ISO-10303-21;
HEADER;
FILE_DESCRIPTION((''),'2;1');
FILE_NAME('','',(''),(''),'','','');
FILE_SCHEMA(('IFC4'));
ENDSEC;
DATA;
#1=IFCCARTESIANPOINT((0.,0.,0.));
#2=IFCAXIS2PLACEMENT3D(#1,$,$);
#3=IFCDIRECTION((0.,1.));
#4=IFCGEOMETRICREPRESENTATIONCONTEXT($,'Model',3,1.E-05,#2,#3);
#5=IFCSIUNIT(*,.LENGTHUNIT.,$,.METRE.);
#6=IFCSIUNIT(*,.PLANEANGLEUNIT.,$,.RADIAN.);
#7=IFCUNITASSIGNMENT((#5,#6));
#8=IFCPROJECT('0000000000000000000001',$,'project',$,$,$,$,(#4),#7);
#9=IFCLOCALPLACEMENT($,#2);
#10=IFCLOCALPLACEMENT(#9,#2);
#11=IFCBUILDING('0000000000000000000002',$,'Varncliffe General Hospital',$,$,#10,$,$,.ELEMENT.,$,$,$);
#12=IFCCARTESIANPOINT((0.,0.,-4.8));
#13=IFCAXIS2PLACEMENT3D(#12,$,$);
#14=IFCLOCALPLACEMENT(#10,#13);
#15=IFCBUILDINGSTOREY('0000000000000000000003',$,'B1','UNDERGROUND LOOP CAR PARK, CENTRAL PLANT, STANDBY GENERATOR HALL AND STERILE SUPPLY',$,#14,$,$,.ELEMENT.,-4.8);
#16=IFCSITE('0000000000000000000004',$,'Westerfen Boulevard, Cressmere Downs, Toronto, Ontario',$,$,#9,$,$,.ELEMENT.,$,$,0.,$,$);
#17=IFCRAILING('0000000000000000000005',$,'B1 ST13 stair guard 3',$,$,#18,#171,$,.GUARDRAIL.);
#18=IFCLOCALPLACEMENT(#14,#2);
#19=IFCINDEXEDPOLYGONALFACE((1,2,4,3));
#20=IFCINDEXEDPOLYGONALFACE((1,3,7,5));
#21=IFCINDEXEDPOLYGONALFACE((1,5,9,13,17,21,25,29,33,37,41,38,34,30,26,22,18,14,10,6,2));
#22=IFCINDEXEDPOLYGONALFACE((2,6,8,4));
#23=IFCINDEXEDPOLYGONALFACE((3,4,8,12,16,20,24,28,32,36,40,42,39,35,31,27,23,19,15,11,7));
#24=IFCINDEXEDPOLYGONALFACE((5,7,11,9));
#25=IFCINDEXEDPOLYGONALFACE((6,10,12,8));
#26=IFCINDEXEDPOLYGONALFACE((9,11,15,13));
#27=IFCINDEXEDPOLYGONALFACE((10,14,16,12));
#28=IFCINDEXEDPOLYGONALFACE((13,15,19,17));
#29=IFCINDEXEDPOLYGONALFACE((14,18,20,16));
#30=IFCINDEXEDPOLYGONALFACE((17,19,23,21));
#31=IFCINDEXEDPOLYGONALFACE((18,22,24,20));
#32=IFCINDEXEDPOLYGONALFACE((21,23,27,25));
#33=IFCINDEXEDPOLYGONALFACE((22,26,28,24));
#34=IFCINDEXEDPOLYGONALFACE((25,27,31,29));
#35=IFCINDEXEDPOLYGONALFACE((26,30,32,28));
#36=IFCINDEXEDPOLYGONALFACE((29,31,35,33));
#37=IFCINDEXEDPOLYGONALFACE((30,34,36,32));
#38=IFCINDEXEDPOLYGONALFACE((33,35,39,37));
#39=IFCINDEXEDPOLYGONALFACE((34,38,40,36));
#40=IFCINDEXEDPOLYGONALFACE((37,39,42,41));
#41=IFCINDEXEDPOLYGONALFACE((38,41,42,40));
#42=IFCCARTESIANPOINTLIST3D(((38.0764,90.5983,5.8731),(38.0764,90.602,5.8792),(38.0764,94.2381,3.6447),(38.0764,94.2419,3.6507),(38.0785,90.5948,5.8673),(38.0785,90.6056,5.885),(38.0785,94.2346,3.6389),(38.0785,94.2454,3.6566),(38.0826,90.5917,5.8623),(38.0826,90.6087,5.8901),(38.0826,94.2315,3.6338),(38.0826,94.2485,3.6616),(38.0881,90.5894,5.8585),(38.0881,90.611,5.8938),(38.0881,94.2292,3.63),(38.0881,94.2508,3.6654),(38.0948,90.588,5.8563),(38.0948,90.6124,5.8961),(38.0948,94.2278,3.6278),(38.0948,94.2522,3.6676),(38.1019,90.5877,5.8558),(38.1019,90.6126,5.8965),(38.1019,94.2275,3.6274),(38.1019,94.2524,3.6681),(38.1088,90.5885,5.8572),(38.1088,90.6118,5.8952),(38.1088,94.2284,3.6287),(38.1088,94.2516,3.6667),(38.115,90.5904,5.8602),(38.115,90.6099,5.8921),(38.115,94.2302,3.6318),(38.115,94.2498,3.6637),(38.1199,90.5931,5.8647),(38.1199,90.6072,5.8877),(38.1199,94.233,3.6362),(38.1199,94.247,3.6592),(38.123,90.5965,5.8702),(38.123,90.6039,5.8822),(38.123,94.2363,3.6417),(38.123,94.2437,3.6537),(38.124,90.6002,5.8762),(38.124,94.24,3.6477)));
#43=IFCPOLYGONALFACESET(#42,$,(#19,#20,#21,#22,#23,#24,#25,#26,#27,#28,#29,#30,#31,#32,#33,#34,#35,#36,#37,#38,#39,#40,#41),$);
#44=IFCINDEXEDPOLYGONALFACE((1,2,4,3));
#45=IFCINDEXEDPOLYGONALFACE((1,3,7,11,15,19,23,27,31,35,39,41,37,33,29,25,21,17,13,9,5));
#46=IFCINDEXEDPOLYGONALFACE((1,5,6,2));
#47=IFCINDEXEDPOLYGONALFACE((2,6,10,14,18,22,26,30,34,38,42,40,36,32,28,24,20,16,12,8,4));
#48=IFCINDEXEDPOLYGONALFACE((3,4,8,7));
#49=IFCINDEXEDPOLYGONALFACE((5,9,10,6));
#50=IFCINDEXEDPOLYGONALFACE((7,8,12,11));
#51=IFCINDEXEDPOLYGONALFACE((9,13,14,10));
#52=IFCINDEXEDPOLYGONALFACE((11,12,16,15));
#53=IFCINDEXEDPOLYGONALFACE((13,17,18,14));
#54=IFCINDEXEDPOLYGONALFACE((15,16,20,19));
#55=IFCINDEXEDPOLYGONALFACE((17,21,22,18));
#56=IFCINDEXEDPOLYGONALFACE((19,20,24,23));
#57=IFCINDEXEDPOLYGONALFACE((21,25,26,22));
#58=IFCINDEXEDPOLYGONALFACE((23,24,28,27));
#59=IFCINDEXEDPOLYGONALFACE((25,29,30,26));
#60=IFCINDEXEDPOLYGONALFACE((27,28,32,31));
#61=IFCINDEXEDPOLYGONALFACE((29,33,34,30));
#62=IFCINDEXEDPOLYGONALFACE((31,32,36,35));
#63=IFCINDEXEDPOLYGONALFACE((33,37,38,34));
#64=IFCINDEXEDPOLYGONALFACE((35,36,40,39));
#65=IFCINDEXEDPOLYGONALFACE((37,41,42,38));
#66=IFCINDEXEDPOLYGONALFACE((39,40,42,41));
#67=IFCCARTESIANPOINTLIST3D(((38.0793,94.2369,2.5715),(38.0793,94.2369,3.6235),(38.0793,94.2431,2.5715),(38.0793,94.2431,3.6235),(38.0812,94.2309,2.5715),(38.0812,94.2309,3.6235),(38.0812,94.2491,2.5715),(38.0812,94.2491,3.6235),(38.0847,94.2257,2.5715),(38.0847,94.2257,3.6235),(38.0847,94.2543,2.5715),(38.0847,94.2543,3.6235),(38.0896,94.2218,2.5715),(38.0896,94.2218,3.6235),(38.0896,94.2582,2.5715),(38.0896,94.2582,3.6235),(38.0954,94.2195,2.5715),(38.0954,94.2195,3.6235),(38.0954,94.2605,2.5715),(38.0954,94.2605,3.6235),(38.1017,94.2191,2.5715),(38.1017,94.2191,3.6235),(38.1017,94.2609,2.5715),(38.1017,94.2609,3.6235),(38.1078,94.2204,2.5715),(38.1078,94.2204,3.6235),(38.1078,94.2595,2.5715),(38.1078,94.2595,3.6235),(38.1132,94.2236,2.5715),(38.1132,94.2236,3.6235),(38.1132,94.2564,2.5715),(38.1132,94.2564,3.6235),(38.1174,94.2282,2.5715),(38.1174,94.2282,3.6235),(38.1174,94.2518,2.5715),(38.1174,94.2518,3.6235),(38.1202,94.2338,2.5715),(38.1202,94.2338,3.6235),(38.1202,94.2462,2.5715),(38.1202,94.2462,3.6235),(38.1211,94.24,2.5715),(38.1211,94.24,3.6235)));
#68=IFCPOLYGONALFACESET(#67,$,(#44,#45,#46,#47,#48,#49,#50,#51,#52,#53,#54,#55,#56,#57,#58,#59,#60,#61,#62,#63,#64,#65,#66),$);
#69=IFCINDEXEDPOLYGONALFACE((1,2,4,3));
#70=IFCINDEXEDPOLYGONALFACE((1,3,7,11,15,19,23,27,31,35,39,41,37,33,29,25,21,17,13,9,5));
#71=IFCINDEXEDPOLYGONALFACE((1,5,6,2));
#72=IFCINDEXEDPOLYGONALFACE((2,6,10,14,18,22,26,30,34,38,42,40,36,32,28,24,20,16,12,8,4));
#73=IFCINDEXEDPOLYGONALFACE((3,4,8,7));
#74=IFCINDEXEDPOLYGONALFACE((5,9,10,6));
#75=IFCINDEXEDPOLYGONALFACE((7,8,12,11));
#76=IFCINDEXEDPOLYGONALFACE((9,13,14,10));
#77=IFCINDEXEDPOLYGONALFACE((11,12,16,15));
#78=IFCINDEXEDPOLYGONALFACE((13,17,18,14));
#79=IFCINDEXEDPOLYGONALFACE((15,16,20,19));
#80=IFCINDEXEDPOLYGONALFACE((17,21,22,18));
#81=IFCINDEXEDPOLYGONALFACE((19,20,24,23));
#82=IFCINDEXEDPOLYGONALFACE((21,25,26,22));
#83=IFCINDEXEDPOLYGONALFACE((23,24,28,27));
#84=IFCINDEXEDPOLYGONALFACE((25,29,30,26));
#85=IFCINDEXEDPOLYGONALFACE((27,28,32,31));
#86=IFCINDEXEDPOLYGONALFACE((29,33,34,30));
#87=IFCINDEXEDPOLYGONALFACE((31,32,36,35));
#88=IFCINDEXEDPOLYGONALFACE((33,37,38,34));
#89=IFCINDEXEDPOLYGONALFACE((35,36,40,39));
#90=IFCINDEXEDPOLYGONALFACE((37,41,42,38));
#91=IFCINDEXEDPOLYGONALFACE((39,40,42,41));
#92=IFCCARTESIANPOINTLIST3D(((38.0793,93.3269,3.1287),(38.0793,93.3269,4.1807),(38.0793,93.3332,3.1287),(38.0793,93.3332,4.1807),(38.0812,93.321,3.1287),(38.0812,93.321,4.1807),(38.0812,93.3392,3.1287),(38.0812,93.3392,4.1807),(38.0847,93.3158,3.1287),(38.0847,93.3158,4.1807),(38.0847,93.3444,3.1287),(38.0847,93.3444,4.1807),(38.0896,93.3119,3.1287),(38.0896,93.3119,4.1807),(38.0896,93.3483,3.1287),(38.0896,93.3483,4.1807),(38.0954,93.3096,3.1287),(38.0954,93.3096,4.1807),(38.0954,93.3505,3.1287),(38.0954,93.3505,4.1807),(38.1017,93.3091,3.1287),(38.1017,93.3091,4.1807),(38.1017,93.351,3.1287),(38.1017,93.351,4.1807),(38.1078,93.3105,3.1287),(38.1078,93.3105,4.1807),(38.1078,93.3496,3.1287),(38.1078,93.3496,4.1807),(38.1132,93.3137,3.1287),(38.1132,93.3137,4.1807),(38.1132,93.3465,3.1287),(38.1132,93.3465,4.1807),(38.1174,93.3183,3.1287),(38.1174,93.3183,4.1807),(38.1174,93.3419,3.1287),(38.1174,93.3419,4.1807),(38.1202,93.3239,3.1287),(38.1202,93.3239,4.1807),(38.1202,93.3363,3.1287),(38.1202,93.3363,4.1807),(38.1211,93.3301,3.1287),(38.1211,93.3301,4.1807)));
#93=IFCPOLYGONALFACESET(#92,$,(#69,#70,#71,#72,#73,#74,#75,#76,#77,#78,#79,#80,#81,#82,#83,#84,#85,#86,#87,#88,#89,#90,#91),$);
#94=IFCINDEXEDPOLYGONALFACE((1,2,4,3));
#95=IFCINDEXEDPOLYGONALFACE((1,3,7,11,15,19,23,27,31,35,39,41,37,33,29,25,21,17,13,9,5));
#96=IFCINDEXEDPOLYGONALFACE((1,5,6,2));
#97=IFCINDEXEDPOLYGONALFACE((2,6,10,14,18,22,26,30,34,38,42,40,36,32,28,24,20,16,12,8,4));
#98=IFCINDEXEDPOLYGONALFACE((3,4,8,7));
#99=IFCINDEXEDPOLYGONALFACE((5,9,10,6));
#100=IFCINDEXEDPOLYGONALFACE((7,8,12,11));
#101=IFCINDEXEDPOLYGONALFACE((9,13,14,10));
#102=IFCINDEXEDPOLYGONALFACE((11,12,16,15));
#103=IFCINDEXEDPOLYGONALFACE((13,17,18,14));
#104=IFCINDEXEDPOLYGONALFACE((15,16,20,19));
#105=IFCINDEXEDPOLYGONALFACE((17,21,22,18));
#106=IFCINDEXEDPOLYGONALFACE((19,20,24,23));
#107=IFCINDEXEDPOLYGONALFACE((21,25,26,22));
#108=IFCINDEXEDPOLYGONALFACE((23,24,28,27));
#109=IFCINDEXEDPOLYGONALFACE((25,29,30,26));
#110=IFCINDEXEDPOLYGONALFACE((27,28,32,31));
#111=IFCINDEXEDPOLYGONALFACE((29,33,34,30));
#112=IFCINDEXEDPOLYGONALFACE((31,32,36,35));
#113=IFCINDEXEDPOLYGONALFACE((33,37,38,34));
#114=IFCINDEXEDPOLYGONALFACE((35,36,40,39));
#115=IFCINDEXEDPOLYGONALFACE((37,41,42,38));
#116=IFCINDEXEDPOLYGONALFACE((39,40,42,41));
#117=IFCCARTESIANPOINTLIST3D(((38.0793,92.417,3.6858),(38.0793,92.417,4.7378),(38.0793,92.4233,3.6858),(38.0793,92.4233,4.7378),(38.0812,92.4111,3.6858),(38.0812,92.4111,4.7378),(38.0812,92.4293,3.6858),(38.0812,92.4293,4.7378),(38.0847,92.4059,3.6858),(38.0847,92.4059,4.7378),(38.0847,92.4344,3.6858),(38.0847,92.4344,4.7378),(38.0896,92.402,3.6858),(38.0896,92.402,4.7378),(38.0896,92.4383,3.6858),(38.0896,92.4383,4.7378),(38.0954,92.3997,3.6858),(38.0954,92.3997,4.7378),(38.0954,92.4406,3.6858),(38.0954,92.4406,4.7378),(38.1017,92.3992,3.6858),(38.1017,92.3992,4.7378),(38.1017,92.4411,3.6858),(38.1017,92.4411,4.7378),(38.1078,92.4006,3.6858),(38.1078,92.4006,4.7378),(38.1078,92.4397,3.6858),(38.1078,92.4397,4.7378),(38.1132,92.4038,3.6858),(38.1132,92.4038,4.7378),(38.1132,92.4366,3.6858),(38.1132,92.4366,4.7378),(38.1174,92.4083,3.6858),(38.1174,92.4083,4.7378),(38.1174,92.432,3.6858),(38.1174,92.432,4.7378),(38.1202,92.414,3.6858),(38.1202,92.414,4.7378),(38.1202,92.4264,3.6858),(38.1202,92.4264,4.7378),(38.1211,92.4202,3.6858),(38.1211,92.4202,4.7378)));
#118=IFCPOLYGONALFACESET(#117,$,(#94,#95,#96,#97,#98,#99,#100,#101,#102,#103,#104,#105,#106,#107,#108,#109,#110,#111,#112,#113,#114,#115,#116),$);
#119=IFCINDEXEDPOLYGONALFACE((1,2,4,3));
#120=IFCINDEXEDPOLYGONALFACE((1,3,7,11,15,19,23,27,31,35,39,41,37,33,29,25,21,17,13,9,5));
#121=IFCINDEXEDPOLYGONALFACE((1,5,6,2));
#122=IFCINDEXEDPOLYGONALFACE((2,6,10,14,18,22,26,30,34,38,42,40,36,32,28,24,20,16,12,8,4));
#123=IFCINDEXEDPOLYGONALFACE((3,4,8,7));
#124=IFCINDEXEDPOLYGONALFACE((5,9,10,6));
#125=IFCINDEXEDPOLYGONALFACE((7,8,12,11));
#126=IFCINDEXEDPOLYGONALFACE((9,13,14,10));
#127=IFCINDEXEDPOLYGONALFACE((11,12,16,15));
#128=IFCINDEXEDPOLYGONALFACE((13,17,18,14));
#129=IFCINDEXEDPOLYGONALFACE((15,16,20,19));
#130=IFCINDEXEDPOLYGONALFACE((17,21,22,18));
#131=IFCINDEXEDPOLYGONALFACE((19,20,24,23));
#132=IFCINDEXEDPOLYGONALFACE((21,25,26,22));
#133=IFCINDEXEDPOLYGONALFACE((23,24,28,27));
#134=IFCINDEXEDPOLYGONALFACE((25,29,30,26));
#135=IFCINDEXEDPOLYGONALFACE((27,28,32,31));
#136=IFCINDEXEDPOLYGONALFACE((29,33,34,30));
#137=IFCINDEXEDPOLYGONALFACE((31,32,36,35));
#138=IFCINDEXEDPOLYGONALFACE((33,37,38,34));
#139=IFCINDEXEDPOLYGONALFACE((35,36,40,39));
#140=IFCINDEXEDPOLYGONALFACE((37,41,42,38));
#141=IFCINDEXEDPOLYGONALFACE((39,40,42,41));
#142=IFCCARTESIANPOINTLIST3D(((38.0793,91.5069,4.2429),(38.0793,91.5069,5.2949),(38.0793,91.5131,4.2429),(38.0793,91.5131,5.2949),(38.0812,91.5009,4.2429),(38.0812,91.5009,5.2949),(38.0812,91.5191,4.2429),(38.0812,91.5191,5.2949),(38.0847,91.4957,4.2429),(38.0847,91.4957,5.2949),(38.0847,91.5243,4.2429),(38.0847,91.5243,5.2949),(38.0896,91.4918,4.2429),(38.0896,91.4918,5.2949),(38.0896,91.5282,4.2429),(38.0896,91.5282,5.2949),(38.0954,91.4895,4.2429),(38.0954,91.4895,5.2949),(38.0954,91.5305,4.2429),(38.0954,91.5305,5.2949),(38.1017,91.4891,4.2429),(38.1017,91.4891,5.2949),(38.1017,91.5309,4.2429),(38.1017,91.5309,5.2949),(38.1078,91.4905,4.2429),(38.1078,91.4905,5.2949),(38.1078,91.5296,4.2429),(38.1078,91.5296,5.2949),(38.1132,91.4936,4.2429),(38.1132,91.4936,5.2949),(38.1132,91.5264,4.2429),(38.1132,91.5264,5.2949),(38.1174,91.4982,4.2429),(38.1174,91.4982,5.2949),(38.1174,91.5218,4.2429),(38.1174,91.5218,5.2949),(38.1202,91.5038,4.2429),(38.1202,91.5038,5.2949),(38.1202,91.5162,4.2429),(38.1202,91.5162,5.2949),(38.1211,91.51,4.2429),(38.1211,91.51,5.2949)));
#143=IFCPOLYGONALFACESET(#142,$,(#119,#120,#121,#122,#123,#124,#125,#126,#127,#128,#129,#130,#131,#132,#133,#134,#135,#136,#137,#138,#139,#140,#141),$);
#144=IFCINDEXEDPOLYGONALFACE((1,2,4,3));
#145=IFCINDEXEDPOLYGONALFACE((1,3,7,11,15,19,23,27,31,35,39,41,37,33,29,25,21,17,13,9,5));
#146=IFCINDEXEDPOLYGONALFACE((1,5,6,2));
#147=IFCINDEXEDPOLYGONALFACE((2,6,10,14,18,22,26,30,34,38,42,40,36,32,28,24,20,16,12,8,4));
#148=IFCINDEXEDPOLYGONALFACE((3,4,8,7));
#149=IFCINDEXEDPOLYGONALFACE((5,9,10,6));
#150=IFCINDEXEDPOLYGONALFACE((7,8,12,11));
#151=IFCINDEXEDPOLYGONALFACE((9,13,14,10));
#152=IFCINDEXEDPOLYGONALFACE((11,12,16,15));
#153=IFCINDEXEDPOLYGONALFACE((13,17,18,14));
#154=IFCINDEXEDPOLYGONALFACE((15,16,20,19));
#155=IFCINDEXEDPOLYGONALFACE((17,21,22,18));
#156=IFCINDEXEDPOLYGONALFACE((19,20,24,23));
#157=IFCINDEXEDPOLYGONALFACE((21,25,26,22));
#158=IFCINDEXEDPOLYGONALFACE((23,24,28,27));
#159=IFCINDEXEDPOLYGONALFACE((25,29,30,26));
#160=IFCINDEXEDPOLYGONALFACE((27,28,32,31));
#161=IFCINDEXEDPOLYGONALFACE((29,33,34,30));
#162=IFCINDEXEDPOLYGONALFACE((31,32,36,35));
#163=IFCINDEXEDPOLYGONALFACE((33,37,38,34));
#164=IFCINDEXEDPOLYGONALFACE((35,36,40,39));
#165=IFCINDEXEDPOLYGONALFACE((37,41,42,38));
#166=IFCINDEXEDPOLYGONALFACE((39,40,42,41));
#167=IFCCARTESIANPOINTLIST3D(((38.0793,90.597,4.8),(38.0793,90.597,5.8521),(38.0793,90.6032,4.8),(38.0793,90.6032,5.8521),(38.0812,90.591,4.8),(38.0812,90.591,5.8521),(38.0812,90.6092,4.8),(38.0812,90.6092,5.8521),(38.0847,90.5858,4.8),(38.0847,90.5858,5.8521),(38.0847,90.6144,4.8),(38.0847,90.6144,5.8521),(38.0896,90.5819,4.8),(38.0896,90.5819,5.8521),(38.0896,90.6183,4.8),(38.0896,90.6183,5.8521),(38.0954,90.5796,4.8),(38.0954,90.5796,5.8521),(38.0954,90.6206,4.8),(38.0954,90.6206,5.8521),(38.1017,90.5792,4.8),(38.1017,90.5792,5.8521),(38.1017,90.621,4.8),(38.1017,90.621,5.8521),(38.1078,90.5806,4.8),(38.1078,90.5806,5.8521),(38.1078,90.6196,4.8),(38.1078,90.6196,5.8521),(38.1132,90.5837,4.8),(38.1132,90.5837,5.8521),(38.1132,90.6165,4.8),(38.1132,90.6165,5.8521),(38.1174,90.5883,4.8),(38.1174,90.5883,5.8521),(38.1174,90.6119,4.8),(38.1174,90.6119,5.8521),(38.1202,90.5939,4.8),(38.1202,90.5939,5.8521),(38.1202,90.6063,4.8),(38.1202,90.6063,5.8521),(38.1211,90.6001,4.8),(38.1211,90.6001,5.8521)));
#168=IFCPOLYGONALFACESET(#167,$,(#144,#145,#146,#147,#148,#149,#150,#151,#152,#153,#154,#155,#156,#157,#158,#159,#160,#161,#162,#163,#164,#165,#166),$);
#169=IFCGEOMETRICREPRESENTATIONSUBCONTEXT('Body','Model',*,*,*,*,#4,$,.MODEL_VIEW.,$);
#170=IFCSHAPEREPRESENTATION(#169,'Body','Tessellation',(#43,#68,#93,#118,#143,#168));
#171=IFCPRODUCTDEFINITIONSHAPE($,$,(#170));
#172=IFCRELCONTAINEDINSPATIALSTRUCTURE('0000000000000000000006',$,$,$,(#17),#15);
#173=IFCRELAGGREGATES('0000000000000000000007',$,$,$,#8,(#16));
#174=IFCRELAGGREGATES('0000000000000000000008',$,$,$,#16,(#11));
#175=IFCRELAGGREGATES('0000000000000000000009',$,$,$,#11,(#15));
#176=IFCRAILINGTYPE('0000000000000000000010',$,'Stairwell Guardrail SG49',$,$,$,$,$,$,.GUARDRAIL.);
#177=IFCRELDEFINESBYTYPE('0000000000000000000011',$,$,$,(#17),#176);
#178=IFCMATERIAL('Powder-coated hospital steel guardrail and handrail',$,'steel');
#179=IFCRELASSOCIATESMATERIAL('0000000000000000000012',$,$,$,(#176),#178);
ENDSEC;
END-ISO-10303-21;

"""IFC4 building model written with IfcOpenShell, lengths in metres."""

from ifc_helpers import new_model, si_unit, direction, frame, origin, origin_2d, place, context, subcontext, project, spatial, circle, extrude, material, type_object, element, save


model = new_model("IFC4")

# Units and contexts
model_context = context("Model", 3, precision=1e-05, world=origin(), true_north=direction((0.0, 1.0)))
body_context = subcontext(model_context, "Body", "Model", "MODEL_VIEW")
ifc_project = project(units=[si_unit("LENGTHUNIT", "METRE"), si_unit("PLANEANGLEUNIT", "RADIAN")], contexts=[model_context])

# Site, building, storey
site_placement = place(None, origin())
site = spatial("IfcSite", under=ifc_project, at=site_placement, Name="Westerfen Boulevard, Cressmere Downs, Toronto, Ontario", CompositionType="ELEMENT", RefElevation=0.0)
building_placement = place(site_placement, origin())
building = spatial("IfcBuilding", under=site, at=building_placement, Name="Varncliffe General Hospital", CompositionType="ELEMENT")
storey_placement = place(building_placement, frame((0.0, 0.0, -4.8)))
storey = spatial("IfcBuildingStorey", under=building, at=storey_placement, Name="B1", Description="UNDERGROUND LOOP CAR PARK, CENTRAL PLANT, STANDBY GENERATOR HALL AND STERILE SUPPLY", CompositionType="ELEMENT", Elevation=-4.8)

# Railing
ifc_material_1 = material(Name="Powder-coated hospital steel guardrail and handrail", Category="steel")
railing_type_1 = type_object("IfcRailingType", Name="Stairwell Guardrail SG49", PredefinedType="GUARDRAIL", material=ifc_material_1)
railing_1_placement = place(storey_placement, frame((38.1001, 94.24, 2.5715)))
element("IfcRailing", 1, at=railing_1_placement, inside=storey, type_object=railing_type_1, Name="B1 ST13 stair guard 3", PredefinedType="GUARDRAIL", context=body_context, shape_type="SweptSolid", body=[
    extrude(circle(Radius=0.0239, at=origin_2d()), frame((0.0, 0.0, 1.0762), z_axis=(0.0, -0.85285, 0.522156), x_axis=(1.0, 0.0, 0.0)), (0.0, 0.0, 1.0), 4.2678),
    extrude(circle(Radius=0.021, at=origin_2d()), origin(), (0.0, 0.0, 1.0), 1.052),
    extrude(circle(Radius=0.021, at=origin_2d()), frame((0.0, -0.9099, 0.5571)), (0.0, 0.0, 1.0), 1.052),
    extrude(circle(Radius=0.021, at=origin_2d()), frame((0.0, -1.8198, 1.1143)), (0.0, 0.0, 1.0), 1.052),
    extrude(circle(Radius=0.021, at=origin_2d()), frame((0.0, -2.73, 1.6714)), (0.0, 0.0, 1.0), 1.052),
    extrude(circle(Radius=0.021, at=origin_2d()), frame((0.0, -3.6399, 2.2285)), (0.0, 0.0, 1.0), 1.052),
])

save(model, "model.ifc")
